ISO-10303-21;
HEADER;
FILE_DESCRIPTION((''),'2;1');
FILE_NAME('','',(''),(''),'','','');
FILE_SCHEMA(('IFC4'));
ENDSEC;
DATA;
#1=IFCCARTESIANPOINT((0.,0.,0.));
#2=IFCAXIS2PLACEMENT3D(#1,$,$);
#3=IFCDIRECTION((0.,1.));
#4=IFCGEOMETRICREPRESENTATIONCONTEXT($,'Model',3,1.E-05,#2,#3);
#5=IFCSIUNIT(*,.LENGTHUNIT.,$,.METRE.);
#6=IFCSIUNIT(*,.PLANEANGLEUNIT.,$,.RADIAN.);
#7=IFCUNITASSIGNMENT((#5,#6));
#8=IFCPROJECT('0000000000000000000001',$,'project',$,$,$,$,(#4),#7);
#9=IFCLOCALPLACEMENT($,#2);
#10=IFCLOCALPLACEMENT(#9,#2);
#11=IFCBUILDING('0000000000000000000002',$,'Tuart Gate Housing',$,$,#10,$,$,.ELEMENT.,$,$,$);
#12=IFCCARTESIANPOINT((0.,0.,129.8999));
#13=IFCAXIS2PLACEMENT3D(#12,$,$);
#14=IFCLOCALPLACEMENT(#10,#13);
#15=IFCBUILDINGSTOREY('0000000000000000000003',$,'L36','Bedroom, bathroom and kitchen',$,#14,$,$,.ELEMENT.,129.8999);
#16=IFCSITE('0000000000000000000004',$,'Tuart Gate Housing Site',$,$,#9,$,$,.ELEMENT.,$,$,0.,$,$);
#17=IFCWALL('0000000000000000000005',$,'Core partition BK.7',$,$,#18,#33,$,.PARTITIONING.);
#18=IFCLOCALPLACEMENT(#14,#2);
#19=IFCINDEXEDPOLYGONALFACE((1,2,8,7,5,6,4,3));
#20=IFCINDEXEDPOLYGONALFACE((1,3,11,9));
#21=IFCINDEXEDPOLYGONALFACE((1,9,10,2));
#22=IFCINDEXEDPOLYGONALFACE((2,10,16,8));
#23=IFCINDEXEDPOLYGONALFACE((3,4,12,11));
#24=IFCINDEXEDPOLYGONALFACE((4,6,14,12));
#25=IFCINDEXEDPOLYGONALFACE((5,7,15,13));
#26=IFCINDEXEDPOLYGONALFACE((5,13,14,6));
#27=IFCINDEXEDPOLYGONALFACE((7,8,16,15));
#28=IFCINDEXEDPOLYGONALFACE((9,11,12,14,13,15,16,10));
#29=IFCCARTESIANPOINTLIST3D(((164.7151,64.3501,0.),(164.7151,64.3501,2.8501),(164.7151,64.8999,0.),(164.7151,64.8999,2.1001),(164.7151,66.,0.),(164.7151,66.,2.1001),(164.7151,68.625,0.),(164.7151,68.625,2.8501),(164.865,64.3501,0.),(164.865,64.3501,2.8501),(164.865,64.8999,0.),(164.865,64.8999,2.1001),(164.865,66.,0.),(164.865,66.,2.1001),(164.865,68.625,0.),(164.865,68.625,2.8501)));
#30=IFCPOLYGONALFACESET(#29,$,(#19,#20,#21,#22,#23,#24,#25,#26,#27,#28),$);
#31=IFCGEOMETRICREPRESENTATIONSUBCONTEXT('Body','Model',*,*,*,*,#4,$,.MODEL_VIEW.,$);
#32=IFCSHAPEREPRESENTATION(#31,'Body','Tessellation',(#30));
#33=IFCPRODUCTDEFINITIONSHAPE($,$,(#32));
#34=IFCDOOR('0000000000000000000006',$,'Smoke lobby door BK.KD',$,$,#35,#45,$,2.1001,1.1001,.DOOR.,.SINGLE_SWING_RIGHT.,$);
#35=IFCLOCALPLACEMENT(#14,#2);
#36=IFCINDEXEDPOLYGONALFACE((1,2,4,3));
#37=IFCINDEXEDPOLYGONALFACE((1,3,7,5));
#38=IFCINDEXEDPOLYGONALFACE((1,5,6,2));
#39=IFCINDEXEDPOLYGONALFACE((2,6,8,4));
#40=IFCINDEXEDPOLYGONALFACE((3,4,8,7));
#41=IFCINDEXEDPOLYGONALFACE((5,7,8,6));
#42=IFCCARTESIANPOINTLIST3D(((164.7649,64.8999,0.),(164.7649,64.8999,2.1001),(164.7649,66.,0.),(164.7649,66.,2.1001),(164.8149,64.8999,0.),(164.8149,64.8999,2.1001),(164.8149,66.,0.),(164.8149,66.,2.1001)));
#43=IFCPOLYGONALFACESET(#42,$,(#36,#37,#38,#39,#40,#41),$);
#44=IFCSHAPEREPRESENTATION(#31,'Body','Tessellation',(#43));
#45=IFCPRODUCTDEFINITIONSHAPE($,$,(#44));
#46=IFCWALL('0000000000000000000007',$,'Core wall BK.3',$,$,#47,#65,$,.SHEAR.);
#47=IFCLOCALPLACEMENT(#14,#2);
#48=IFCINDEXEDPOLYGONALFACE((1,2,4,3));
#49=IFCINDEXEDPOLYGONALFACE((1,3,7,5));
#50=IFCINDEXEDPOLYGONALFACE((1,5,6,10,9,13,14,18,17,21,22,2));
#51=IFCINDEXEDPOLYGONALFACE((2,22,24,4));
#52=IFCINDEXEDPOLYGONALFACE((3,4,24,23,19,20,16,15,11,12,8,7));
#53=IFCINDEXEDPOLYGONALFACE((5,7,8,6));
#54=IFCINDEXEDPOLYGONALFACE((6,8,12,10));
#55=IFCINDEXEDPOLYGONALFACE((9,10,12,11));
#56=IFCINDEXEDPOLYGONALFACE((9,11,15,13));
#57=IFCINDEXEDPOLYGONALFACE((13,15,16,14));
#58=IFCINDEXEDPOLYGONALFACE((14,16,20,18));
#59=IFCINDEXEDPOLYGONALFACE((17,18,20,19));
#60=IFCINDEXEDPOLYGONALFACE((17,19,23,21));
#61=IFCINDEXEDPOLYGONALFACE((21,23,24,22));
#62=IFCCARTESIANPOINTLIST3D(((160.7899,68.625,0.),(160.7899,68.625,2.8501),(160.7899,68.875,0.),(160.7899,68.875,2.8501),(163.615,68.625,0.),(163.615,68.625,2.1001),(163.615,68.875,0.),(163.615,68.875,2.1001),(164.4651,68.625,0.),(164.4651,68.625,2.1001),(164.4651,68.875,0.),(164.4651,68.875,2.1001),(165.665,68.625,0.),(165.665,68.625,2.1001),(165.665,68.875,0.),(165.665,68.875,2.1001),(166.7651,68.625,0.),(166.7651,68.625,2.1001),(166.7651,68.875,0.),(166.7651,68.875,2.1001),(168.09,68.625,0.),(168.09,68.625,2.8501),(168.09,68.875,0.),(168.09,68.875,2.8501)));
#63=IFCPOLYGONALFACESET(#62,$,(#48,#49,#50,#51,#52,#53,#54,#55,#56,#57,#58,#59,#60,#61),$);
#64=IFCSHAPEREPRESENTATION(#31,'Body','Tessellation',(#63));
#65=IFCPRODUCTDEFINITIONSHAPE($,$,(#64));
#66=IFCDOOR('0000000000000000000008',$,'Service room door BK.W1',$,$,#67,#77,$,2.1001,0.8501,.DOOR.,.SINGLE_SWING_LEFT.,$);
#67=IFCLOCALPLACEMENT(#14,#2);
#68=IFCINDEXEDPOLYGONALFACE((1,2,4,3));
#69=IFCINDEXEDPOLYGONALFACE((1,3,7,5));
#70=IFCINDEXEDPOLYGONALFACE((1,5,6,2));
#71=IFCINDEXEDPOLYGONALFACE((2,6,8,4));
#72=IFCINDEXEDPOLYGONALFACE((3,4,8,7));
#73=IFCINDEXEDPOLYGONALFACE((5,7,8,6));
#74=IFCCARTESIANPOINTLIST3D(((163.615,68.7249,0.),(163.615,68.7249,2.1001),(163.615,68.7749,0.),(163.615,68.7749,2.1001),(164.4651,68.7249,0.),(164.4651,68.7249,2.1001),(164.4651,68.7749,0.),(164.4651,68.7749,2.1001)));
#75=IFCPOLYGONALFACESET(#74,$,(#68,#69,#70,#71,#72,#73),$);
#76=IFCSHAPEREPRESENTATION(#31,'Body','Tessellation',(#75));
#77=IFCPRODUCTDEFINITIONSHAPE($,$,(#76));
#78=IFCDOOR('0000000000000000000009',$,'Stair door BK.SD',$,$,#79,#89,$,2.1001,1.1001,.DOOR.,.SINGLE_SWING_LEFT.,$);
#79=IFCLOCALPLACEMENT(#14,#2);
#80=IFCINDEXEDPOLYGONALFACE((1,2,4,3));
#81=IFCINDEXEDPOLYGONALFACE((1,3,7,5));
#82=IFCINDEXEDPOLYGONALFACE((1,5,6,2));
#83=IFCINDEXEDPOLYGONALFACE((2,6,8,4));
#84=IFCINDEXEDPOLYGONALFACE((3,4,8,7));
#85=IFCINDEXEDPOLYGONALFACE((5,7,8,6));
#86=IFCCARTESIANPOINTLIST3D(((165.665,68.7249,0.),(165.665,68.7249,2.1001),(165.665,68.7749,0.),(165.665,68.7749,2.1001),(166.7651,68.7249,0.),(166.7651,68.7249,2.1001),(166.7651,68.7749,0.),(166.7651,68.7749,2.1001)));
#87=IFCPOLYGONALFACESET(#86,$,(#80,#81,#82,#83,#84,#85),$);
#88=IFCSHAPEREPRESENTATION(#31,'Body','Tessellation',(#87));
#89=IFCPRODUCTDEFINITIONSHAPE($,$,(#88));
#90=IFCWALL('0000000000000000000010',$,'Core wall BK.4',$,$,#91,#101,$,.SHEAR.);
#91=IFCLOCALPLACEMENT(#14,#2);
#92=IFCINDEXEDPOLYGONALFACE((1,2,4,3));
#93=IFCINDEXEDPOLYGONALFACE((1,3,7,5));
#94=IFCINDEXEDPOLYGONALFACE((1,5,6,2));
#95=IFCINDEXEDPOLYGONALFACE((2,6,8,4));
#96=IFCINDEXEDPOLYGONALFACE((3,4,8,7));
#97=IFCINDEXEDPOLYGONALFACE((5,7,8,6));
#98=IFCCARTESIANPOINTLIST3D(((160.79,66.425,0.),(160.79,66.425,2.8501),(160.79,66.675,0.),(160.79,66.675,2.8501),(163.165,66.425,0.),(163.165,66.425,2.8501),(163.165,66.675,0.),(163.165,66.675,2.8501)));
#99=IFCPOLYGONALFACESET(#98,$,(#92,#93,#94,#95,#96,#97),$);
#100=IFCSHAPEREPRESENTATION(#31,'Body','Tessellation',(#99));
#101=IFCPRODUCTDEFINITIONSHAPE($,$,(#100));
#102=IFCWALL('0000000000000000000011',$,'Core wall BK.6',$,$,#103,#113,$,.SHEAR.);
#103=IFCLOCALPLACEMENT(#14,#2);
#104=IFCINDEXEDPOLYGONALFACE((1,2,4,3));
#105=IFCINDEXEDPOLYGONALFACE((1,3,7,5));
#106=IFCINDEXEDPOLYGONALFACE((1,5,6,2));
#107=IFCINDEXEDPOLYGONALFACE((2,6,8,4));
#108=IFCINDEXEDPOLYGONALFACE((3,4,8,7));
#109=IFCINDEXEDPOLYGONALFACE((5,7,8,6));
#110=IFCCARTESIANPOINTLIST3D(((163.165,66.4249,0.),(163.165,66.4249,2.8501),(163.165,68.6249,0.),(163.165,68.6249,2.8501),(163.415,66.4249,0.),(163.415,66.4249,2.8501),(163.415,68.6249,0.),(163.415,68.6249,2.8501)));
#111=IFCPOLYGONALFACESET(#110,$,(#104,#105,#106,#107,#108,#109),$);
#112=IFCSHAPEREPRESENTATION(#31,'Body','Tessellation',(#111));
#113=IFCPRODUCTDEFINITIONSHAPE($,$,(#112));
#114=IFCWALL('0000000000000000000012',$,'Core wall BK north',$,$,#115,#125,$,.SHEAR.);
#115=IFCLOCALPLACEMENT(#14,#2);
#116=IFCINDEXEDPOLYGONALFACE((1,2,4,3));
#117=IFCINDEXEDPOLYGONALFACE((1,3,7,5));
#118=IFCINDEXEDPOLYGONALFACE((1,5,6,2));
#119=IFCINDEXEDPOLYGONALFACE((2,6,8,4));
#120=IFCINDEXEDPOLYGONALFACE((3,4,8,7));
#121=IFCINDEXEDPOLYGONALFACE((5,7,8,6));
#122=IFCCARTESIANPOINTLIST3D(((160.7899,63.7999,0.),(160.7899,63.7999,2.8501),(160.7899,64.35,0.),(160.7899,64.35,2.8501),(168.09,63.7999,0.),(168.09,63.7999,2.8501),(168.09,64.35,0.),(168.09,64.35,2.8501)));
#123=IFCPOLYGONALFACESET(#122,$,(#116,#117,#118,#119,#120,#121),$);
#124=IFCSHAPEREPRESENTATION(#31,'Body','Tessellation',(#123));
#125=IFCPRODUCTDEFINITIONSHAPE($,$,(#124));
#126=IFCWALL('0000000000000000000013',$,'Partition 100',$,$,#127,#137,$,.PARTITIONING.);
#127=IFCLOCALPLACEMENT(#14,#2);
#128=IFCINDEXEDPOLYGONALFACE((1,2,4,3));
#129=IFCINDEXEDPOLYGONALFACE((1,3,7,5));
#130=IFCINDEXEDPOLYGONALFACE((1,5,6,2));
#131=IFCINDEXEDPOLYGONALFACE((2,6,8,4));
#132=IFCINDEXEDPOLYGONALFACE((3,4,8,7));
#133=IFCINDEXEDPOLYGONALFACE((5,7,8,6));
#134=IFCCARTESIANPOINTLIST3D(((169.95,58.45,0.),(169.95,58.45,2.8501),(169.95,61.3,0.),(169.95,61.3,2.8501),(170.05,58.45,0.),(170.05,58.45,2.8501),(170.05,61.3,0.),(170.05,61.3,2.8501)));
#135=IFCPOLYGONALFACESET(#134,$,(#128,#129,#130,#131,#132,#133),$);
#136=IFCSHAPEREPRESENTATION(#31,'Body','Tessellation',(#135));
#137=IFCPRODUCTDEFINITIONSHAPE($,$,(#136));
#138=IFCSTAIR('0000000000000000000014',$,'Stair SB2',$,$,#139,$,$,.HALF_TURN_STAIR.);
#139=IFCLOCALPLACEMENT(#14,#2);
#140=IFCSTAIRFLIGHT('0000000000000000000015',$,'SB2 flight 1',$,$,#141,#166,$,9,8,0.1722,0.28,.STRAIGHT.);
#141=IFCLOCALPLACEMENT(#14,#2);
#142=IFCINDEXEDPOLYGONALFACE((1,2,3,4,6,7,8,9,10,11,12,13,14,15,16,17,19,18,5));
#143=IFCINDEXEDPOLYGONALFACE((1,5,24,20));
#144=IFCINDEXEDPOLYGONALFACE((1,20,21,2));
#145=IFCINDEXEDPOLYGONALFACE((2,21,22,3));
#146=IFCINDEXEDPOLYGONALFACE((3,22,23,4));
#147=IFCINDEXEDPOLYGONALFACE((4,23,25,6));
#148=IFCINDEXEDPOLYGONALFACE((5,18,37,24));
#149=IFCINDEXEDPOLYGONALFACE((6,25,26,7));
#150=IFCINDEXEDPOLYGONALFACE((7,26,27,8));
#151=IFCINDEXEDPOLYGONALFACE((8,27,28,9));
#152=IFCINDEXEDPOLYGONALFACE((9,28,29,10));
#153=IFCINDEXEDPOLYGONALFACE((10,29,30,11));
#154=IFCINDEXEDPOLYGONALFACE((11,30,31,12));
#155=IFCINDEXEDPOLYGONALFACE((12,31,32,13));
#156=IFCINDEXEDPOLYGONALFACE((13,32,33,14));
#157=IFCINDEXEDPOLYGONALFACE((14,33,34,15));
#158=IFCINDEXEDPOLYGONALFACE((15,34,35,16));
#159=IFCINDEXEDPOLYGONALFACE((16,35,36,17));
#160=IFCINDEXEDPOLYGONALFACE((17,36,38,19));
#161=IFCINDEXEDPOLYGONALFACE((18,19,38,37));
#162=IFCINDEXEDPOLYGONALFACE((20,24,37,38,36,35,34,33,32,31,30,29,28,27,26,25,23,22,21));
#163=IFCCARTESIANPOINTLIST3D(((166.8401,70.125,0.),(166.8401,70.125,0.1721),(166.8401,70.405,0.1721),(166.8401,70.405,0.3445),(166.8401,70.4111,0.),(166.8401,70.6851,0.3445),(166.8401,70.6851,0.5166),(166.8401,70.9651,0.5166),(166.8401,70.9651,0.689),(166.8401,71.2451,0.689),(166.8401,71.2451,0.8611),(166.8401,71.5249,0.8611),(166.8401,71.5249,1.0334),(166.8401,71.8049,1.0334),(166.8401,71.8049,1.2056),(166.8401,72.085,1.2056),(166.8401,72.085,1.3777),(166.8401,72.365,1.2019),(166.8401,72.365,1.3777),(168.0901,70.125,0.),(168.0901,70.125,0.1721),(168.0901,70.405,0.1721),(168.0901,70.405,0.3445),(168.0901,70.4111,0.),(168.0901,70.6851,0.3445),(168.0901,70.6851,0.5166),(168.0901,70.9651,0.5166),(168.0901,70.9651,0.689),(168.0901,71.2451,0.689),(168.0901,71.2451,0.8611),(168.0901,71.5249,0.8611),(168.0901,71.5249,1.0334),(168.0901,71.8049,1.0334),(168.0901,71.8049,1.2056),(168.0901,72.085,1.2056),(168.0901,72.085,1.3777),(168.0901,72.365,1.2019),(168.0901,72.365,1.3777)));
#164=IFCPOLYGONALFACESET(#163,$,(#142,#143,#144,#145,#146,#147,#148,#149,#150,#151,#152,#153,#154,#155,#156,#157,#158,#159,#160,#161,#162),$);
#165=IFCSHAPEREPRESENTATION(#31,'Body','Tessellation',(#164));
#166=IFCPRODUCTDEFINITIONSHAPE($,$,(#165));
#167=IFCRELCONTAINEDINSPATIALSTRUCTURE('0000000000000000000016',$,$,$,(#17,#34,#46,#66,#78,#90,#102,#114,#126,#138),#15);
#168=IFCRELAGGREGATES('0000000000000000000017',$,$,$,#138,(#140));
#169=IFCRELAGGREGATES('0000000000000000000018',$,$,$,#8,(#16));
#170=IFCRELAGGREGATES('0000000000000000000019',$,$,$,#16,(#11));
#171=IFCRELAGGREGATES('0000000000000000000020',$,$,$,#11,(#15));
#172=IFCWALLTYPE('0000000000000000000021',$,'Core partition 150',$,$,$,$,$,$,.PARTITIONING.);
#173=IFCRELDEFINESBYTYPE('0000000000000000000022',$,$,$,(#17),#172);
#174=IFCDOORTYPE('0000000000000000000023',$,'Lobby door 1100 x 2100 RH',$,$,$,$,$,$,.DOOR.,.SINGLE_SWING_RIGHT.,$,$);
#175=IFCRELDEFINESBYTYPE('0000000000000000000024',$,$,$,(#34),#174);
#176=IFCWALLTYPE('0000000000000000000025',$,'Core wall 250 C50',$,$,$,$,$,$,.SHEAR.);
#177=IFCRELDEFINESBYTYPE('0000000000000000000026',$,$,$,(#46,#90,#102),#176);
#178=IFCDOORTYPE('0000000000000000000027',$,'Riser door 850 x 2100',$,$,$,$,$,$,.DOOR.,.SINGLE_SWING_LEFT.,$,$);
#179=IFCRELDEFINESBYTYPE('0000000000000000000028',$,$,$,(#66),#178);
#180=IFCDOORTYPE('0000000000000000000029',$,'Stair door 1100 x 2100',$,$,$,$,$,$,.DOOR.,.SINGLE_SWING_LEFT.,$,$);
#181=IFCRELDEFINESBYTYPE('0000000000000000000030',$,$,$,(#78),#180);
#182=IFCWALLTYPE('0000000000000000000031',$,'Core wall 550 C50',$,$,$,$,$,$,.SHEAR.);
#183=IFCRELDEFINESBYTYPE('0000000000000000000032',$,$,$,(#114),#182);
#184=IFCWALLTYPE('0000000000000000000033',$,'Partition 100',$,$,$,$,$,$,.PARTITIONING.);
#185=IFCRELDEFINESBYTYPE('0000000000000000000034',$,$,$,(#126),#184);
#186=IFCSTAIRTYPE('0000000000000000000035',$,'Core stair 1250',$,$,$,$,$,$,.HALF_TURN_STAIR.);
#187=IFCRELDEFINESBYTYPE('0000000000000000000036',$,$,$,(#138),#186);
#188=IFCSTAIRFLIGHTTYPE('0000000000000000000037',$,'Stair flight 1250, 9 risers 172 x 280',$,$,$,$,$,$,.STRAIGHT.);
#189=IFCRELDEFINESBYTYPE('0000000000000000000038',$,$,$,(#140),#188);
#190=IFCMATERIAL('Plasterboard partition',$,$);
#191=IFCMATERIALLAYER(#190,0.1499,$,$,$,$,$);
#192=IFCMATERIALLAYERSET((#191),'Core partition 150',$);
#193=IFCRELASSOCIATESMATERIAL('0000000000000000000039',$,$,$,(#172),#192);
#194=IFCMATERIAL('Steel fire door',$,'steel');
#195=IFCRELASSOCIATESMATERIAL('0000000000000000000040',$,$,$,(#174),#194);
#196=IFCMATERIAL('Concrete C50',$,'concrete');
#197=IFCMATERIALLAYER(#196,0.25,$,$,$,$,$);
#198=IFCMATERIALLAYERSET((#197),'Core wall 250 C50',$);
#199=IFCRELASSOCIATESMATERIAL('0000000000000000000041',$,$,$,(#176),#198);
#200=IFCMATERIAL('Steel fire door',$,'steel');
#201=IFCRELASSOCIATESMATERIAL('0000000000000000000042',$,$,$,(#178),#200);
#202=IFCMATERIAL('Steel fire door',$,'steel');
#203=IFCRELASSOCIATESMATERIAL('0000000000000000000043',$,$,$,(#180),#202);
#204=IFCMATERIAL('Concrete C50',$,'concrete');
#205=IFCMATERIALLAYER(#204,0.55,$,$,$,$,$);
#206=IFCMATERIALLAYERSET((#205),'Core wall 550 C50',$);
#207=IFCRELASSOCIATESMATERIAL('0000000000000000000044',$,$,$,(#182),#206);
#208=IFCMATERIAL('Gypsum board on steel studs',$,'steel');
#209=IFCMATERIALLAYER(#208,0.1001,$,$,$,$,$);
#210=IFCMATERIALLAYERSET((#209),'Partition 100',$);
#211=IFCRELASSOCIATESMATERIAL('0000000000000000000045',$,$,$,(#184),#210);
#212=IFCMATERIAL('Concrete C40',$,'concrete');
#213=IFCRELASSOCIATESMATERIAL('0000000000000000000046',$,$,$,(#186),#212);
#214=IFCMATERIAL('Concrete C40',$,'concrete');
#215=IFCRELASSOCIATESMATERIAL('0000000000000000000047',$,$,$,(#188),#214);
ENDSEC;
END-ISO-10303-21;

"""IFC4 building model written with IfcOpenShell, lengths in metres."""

from ifc_helpers import new_model, si_unit, direction, frame, frame_2d, origin, place, context, subcontext, project, spatial, polyline, rectangle, outline, extrude, material, layer, layer_set, type_object, element, fill, aggregate, save


model = new_model("IFC4")

# Units and contexts
model_context = context("Model", 3, precision=1e-05, world=origin(), true_north=direction((0.0, 1.0)))
body_context = subcontext(model_context, "Body", "Model", "MODEL_VIEW")
ifc_project = project(units=[si_unit("LENGTHUNIT", "METRE"), si_unit("PLANEANGLEUNIT", "RADIAN")], contexts=[model_context])

# Site, building, storey
site_placement = place(None, origin())
site = spatial("IfcSite", under=ifc_project, at=site_placement, Name="Tuart Gate Housing Site", CompositionType="ELEMENT", RefElevation=0.0)
building_placement = place(site_placement, origin())
building = spatial("IfcBuilding", under=site, at=building_placement, Name="Tuart Gate Housing", CompositionType="ELEMENT")
storey_placement = place(building_placement, frame((0.0, 0.0, 129.8999)))
storey = spatial("IfcBuildingStorey", under=building, at=storey_placement, Name="L36", Description="Bedroom, bathroom and kitchen", CompositionType="ELEMENT", Elevation=129.8999)

# Wall, opening, door
ifc_material_1 = material(Name="Plasterboard partition")
ifc_layer_1 = layer(ifc_material_1, 0.1499)
ifc_layer_set_1 = layer_set([ifc_layer_1], Name="Core partition 150")
wall_type_1 = type_object("IfcWallType", Name="Core partition 150", PredefinedType="PARTITIONING", material=ifc_layer_set_1)
wall_1_placement = place(storey_placement, frame((164.79, 68.625, 0.0), z_axis=(0.0, 0.0, 1.0), x_axis=(0.0, -1.0, 0.0)))
wall_1 = element("IfcWall", 1, at=wall_1_placement, inside=storey, type_object=wall_type_1, Name="Core partition BK.7", PredefinedType="PARTITIONING", context=body_context, shape_type="SweptSolid", body=[
    extrude(rectangle(XDim=4.2749, YDim=0.1499, at=frame_2d((2.1375, 0.0))), origin(), (0.0, 0.0, 1.0), 2.8501),
])
opening_1_placement = place(wall_1_placement, frame((2.625, 0.0, 0.0)))
opening_1 = element("IfcOpeningElement", 2, at=opening_1_placement, cuts=wall_1, PredefinedType="OPENING", context=body_context, shape_type="SweptSolid", body=[
    extrude(rectangle(XDim=1.1001, YDim=2.1001, at=frame_2d((0.55, 1.05))), frame((0.0, 0.085, 0.0), z_axis=(0.0, -1.0, 0.0), x_axis=(1.0, 0.0, 0.0)), (0.0, 0.0, 1.0), 0.1699),
])
ifc_material_2 = material(Name="Steel fire door", Category="steel")
door_type_1 = type_object("IfcDoorType", Name="Lobby door 1100 x 2100 RH", OperationType="SINGLE_SWING_RIGHT", PredefinedType="DOOR", material=ifc_material_2)
door_1_placement = place(opening_1_placement, origin())
door_1 = element("IfcDoor", 3, at=door_1_placement, inside=storey, type_object=door_type_1, Name="Smoke lobby door BK.KD", OperationType="SINGLE_SWING_RIGHT", OverallHeight=2.1001, OverallWidth=1.1001, PredefinedType="DOOR", context=body_context, shape_type="SweptSolid", body=[
    extrude(rectangle(XDim=1.1001, YDim=2.1001, at=frame_2d((0.55, 1.05))), frame((0.0, 0.0249, 0.0), z_axis=(0.0, -1.0, 0.0), x_axis=(1.0, 0.0, 0.0)), (0.0, 0.0, 1.0), 0.05),
])
fill(opening_1, door_1)

# Wall, openings, doors
ifc_material_3 = material(Name="Concrete C50", Category="concrete")
ifc_layer_2 = layer(ifc_material_3, 0.25)
ifc_layer_set_2 = layer_set([ifc_layer_2], Name="Core wall 250 C50")
wall_type_2 = type_object("IfcWallType", Name="Core wall 250 C50", PredefinedType="SHEAR", material=ifc_layer_set_2)
wall_2_placement = place(storey_placement, frame((160.79, 68.75, 0.0), z_axis=(0.0, 0.0, 1.0), x_axis=(1.0, 0.0, 0.0)))
wall_2 = element("IfcWall", 4, at=wall_2_placement, inside=storey, type_object=wall_type_2, Name="Core wall BK.3", PredefinedType="SHEAR", context=body_context, shape_type="SweptSolid", body=[
    extrude(rectangle(XDim=7.3, YDim=0.25, at=frame_2d((3.6499, 0.0))), origin(), (0.0, 0.0, 1.0), 2.8501),
])
opening_2_placement = place(wall_2_placement, frame((4.875, 0.0, 0.0)))
opening_2 = element("IfcOpeningElement", 5, at=opening_2_placement, cuts=wall_2, PredefinedType="OPENING", context=body_context, shape_type="SweptSolid", body=[
    extrude(rectangle(XDim=1.1001, YDim=2.1001, at=frame_2d((0.55, 1.05))), frame((0.0, 0.135, 0.0), z_axis=(0.0, -1.0, 0.0), x_axis=(1.0, 0.0, 0.0)), (0.0, 0.0, 1.0), 0.27),
])
opening_3_placement = place(wall_2_placement, frame((2.825, 0.0, 0.0)))
opening_3 = element("IfcOpeningElement", 6, at=opening_3_placement, cuts=wall_2, PredefinedType="OPENING", context=body_context, shape_type="SweptSolid", body=[
    extrude(rectangle(XDim=0.8501, YDim=2.1001, at=frame_2d((0.425, 1.05))), frame((0.0, 0.135, 0.0), z_axis=(0.0, -1.0, 0.0), x_axis=(1.0, 0.0, 0.0)), (0.0, 0.0, 1.0), 0.27),
])
ifc_material_4 = material(Name="Steel fire door", Category="steel")
door_type_2 = type_object("IfcDoorType", Name="Riser door 850 x 2100", OperationType="SINGLE_SWING_LEFT", PredefinedType="DOOR", material=ifc_material_4)
door_2_placement = place(opening_3_placement, origin())
door_2 = element("IfcDoor", 7, at=door_2_placement, inside=storey, type_object=door_type_2, Name="Service room door BK.W1", OperationType="SINGLE_SWING_LEFT", OverallHeight=2.1001, OverallWidth=0.8501, PredefinedType="DOOR", context=body_context, shape_type="SweptSolid", body=[
    extrude(rectangle(XDim=0.8501, YDim=2.1001, at=frame_2d((0.425, 1.05))), frame((0.0, 0.0249, 0.0), z_axis=(0.0, -1.0, 0.0), x_axis=(1.0, 0.0, 0.0)), (0.0, 0.0, 1.0), 0.05),
])
fill(opening_3, door_2)
ifc_material_5 = material(Name="Steel fire door", Category="steel")
door_type_3 = type_object("IfcDoorType", Name="Stair door 1100 x 2100", OperationType="SINGLE_SWING_LEFT", PredefinedType="DOOR", material=ifc_material_5)
door_3_placement = place(opening_2_placement, origin())
door_3 = element("IfcDoor", 8, at=door_3_placement, inside=storey, type_object=door_type_3, Name="Stair door BK.SD", OperationType="SINGLE_SWING_LEFT", OverallHeight=2.1001, OverallWidth=1.1001, PredefinedType="DOOR", context=body_context, shape_type="SweptSolid", body=[
    extrude(rectangle(XDim=1.1001, YDim=2.1001, at=frame_2d((0.55, 1.05))), frame((0.0, 0.0249, 0.0), z_axis=(0.0, -1.0, 0.0), x_axis=(1.0, 0.0, 0.0)), (0.0, 0.0, 1.0), 0.05),
])
fill(opening_2, door_3)

# Walls
wall_3_placement = place(storey_placement, frame((160.79, 66.55, 0.0), z_axis=(0.0, 0.0, 1.0), x_axis=(1.0, 0.0, 0.0)))
element("IfcWall", 9, at=wall_3_placement, inside=storey, type_object=wall_type_2, Name="Core wall BK.4", PredefinedType="SHEAR", context=body_context, shape_type="SweptSolid", body=[
    extrude(rectangle(XDim=2.375, YDim=0.25, at=frame_2d((1.1875, 0.0))), origin(), (0.0, 0.0, 1.0), 2.8501),
])
wall_4_placement = place(storey_placement, frame((163.29, 68.625, 0.0), z_axis=(0.0, 0.0, 1.0), x_axis=(0.0, -1.0, 0.0)))
element("IfcWall", 10, at=wall_4_placement, inside=storey, type_object=wall_type_2, Name="Core wall BK.6", PredefinedType="SHEAR", context=body_context, shape_type="SweptSolid", body=[
    extrude(rectangle(XDim=2.2, YDim=0.25, at=frame_2d((1.1001, 0.0))), origin(), (0.0, 0.0, 1.0), 2.8501),
])
ifc_material_6 = material(Name="Concrete C50", Category="concrete")
ifc_layer_3 = layer(ifc_material_6, 0.55)
ifc_layer_set_3 = layer_set([ifc_layer_3], Name="Core wall 550 C50")
wall_type_3 = type_object("IfcWallType", Name="Core wall 550 C50", PredefinedType="SHEAR", material=ifc_layer_set_3)
wall_5_placement = place(storey_placement, frame((160.79, 64.075, 0.0), z_axis=(0.0, 0.0, 1.0), x_axis=(1.0, 0.0, 0.0)))
element("IfcWall", 11, at=wall_5_placement, inside=storey, type_object=wall_type_3, Name="Core wall BK north", PredefinedType="SHEAR", context=body_context, shape_type="SweptSolid", body=[
    extrude(rectangle(XDim=7.3, YDim=0.55, at=frame_2d((3.6499, 0.0))), origin(), (0.0, 0.0, 1.0), 2.8501),
])
ifc_material_7 = material(Name="Gypsum board on steel studs", Category="steel")
ifc_layer_4 = layer(ifc_material_7, 0.1001)
ifc_layer_set_4 = layer_set([ifc_layer_4], Name="Partition 100")
wall_type_4 = type_object("IfcWallType", Name="Partition 100", PredefinedType="PARTITIONING", material=ifc_layer_set_4)
wall_6_placement = place(storey_placement, frame((170.0, 58.45, 0.0), z_axis=(0.0, 0.0, 1.0), x_axis=(0.0, 1.0, 0.0)))
element("IfcWall", 12, at=wall_6_placement, inside=storey, type_object=wall_type_4, Name="Partition 100", PredefinedType="PARTITIONING", context=body_context, shape_type="SweptSolid", body=[
    extrude(rectangle(XDim=2.8501, YDim=0.1001, at=frame_2d((1.425, 0.0))), origin(), (0.0, 0.0, 1.0), 2.8501),
])

# Stair, stair flight
ifc_material_8 = material(Name="Concrete C40", Category="concrete")
stair_type = type_object("IfcStairType", Name="Core stair 1250", PredefinedType="HALF_TURN_STAIR", material=ifc_material_8)
stair_placement = place(storey_placement, origin())
stair = element("IfcStair", 13, at=stair_placement, inside=storey, type_object=stair_type, Name="Stair SB2", PredefinedType="HALF_TURN_STAIR")
ifc_material_9 = material(Name="Concrete C40", Category="concrete")
stair_flight_type = type_object("IfcStairFlightType", Name="Stair flight 1250, 9 risers 172 x 280", PredefinedType="STRAIGHT", material=ifc_material_9)
stair_flight_placement = place(storey_placement, frame((167.4651, 70.125, 0.0), z_axis=(0.0, 0.0, 1.0), x_axis=(0.0, 1.0, 0.0)))
stair_flight = element("IfcStairFlight", 14, at=stair_flight_placement, type_object=stair_flight_type, Name="SB2 flight 1", NumberOfRisers=9, NumberOfTreads=8, PredefinedType="STRAIGHT", RiserHeight=0.1722, TreadLength=0.28, context=body_context, shape_type="SweptSolid", body=[
    extrude(outline(polyline([(0.0, 0.0), (0.0, 0.1721), (0.28, 0.1721), (0.28, 0.3445), (0.5601, 0.3445), (0.5601, 0.5166), (0.8401, 0.5166), (0.8401, 0.689), (1.1201, 0.689), (1.1201, 0.8611), (1.3999, 0.8611), (1.3999, 1.0334), (1.6799, 1.0334), (1.6799, 1.2056), (1.96, 1.2056), (1.96, 1.3777), (2.24, 1.3777), (2.24, 1.55), (2.24, 1.2019), (0.2861, 0.0), (0.0, 0.0)])), frame((0.0, 0.625, 0.0), z_axis=(0.0, -1.0, 0.0), x_axis=(1.0, 0.0, 0.0)), (0.0, 0.0, 1.0), 1.25),
])
aggregate(stair, [stair_flight])

save(model, "model.ifc")
